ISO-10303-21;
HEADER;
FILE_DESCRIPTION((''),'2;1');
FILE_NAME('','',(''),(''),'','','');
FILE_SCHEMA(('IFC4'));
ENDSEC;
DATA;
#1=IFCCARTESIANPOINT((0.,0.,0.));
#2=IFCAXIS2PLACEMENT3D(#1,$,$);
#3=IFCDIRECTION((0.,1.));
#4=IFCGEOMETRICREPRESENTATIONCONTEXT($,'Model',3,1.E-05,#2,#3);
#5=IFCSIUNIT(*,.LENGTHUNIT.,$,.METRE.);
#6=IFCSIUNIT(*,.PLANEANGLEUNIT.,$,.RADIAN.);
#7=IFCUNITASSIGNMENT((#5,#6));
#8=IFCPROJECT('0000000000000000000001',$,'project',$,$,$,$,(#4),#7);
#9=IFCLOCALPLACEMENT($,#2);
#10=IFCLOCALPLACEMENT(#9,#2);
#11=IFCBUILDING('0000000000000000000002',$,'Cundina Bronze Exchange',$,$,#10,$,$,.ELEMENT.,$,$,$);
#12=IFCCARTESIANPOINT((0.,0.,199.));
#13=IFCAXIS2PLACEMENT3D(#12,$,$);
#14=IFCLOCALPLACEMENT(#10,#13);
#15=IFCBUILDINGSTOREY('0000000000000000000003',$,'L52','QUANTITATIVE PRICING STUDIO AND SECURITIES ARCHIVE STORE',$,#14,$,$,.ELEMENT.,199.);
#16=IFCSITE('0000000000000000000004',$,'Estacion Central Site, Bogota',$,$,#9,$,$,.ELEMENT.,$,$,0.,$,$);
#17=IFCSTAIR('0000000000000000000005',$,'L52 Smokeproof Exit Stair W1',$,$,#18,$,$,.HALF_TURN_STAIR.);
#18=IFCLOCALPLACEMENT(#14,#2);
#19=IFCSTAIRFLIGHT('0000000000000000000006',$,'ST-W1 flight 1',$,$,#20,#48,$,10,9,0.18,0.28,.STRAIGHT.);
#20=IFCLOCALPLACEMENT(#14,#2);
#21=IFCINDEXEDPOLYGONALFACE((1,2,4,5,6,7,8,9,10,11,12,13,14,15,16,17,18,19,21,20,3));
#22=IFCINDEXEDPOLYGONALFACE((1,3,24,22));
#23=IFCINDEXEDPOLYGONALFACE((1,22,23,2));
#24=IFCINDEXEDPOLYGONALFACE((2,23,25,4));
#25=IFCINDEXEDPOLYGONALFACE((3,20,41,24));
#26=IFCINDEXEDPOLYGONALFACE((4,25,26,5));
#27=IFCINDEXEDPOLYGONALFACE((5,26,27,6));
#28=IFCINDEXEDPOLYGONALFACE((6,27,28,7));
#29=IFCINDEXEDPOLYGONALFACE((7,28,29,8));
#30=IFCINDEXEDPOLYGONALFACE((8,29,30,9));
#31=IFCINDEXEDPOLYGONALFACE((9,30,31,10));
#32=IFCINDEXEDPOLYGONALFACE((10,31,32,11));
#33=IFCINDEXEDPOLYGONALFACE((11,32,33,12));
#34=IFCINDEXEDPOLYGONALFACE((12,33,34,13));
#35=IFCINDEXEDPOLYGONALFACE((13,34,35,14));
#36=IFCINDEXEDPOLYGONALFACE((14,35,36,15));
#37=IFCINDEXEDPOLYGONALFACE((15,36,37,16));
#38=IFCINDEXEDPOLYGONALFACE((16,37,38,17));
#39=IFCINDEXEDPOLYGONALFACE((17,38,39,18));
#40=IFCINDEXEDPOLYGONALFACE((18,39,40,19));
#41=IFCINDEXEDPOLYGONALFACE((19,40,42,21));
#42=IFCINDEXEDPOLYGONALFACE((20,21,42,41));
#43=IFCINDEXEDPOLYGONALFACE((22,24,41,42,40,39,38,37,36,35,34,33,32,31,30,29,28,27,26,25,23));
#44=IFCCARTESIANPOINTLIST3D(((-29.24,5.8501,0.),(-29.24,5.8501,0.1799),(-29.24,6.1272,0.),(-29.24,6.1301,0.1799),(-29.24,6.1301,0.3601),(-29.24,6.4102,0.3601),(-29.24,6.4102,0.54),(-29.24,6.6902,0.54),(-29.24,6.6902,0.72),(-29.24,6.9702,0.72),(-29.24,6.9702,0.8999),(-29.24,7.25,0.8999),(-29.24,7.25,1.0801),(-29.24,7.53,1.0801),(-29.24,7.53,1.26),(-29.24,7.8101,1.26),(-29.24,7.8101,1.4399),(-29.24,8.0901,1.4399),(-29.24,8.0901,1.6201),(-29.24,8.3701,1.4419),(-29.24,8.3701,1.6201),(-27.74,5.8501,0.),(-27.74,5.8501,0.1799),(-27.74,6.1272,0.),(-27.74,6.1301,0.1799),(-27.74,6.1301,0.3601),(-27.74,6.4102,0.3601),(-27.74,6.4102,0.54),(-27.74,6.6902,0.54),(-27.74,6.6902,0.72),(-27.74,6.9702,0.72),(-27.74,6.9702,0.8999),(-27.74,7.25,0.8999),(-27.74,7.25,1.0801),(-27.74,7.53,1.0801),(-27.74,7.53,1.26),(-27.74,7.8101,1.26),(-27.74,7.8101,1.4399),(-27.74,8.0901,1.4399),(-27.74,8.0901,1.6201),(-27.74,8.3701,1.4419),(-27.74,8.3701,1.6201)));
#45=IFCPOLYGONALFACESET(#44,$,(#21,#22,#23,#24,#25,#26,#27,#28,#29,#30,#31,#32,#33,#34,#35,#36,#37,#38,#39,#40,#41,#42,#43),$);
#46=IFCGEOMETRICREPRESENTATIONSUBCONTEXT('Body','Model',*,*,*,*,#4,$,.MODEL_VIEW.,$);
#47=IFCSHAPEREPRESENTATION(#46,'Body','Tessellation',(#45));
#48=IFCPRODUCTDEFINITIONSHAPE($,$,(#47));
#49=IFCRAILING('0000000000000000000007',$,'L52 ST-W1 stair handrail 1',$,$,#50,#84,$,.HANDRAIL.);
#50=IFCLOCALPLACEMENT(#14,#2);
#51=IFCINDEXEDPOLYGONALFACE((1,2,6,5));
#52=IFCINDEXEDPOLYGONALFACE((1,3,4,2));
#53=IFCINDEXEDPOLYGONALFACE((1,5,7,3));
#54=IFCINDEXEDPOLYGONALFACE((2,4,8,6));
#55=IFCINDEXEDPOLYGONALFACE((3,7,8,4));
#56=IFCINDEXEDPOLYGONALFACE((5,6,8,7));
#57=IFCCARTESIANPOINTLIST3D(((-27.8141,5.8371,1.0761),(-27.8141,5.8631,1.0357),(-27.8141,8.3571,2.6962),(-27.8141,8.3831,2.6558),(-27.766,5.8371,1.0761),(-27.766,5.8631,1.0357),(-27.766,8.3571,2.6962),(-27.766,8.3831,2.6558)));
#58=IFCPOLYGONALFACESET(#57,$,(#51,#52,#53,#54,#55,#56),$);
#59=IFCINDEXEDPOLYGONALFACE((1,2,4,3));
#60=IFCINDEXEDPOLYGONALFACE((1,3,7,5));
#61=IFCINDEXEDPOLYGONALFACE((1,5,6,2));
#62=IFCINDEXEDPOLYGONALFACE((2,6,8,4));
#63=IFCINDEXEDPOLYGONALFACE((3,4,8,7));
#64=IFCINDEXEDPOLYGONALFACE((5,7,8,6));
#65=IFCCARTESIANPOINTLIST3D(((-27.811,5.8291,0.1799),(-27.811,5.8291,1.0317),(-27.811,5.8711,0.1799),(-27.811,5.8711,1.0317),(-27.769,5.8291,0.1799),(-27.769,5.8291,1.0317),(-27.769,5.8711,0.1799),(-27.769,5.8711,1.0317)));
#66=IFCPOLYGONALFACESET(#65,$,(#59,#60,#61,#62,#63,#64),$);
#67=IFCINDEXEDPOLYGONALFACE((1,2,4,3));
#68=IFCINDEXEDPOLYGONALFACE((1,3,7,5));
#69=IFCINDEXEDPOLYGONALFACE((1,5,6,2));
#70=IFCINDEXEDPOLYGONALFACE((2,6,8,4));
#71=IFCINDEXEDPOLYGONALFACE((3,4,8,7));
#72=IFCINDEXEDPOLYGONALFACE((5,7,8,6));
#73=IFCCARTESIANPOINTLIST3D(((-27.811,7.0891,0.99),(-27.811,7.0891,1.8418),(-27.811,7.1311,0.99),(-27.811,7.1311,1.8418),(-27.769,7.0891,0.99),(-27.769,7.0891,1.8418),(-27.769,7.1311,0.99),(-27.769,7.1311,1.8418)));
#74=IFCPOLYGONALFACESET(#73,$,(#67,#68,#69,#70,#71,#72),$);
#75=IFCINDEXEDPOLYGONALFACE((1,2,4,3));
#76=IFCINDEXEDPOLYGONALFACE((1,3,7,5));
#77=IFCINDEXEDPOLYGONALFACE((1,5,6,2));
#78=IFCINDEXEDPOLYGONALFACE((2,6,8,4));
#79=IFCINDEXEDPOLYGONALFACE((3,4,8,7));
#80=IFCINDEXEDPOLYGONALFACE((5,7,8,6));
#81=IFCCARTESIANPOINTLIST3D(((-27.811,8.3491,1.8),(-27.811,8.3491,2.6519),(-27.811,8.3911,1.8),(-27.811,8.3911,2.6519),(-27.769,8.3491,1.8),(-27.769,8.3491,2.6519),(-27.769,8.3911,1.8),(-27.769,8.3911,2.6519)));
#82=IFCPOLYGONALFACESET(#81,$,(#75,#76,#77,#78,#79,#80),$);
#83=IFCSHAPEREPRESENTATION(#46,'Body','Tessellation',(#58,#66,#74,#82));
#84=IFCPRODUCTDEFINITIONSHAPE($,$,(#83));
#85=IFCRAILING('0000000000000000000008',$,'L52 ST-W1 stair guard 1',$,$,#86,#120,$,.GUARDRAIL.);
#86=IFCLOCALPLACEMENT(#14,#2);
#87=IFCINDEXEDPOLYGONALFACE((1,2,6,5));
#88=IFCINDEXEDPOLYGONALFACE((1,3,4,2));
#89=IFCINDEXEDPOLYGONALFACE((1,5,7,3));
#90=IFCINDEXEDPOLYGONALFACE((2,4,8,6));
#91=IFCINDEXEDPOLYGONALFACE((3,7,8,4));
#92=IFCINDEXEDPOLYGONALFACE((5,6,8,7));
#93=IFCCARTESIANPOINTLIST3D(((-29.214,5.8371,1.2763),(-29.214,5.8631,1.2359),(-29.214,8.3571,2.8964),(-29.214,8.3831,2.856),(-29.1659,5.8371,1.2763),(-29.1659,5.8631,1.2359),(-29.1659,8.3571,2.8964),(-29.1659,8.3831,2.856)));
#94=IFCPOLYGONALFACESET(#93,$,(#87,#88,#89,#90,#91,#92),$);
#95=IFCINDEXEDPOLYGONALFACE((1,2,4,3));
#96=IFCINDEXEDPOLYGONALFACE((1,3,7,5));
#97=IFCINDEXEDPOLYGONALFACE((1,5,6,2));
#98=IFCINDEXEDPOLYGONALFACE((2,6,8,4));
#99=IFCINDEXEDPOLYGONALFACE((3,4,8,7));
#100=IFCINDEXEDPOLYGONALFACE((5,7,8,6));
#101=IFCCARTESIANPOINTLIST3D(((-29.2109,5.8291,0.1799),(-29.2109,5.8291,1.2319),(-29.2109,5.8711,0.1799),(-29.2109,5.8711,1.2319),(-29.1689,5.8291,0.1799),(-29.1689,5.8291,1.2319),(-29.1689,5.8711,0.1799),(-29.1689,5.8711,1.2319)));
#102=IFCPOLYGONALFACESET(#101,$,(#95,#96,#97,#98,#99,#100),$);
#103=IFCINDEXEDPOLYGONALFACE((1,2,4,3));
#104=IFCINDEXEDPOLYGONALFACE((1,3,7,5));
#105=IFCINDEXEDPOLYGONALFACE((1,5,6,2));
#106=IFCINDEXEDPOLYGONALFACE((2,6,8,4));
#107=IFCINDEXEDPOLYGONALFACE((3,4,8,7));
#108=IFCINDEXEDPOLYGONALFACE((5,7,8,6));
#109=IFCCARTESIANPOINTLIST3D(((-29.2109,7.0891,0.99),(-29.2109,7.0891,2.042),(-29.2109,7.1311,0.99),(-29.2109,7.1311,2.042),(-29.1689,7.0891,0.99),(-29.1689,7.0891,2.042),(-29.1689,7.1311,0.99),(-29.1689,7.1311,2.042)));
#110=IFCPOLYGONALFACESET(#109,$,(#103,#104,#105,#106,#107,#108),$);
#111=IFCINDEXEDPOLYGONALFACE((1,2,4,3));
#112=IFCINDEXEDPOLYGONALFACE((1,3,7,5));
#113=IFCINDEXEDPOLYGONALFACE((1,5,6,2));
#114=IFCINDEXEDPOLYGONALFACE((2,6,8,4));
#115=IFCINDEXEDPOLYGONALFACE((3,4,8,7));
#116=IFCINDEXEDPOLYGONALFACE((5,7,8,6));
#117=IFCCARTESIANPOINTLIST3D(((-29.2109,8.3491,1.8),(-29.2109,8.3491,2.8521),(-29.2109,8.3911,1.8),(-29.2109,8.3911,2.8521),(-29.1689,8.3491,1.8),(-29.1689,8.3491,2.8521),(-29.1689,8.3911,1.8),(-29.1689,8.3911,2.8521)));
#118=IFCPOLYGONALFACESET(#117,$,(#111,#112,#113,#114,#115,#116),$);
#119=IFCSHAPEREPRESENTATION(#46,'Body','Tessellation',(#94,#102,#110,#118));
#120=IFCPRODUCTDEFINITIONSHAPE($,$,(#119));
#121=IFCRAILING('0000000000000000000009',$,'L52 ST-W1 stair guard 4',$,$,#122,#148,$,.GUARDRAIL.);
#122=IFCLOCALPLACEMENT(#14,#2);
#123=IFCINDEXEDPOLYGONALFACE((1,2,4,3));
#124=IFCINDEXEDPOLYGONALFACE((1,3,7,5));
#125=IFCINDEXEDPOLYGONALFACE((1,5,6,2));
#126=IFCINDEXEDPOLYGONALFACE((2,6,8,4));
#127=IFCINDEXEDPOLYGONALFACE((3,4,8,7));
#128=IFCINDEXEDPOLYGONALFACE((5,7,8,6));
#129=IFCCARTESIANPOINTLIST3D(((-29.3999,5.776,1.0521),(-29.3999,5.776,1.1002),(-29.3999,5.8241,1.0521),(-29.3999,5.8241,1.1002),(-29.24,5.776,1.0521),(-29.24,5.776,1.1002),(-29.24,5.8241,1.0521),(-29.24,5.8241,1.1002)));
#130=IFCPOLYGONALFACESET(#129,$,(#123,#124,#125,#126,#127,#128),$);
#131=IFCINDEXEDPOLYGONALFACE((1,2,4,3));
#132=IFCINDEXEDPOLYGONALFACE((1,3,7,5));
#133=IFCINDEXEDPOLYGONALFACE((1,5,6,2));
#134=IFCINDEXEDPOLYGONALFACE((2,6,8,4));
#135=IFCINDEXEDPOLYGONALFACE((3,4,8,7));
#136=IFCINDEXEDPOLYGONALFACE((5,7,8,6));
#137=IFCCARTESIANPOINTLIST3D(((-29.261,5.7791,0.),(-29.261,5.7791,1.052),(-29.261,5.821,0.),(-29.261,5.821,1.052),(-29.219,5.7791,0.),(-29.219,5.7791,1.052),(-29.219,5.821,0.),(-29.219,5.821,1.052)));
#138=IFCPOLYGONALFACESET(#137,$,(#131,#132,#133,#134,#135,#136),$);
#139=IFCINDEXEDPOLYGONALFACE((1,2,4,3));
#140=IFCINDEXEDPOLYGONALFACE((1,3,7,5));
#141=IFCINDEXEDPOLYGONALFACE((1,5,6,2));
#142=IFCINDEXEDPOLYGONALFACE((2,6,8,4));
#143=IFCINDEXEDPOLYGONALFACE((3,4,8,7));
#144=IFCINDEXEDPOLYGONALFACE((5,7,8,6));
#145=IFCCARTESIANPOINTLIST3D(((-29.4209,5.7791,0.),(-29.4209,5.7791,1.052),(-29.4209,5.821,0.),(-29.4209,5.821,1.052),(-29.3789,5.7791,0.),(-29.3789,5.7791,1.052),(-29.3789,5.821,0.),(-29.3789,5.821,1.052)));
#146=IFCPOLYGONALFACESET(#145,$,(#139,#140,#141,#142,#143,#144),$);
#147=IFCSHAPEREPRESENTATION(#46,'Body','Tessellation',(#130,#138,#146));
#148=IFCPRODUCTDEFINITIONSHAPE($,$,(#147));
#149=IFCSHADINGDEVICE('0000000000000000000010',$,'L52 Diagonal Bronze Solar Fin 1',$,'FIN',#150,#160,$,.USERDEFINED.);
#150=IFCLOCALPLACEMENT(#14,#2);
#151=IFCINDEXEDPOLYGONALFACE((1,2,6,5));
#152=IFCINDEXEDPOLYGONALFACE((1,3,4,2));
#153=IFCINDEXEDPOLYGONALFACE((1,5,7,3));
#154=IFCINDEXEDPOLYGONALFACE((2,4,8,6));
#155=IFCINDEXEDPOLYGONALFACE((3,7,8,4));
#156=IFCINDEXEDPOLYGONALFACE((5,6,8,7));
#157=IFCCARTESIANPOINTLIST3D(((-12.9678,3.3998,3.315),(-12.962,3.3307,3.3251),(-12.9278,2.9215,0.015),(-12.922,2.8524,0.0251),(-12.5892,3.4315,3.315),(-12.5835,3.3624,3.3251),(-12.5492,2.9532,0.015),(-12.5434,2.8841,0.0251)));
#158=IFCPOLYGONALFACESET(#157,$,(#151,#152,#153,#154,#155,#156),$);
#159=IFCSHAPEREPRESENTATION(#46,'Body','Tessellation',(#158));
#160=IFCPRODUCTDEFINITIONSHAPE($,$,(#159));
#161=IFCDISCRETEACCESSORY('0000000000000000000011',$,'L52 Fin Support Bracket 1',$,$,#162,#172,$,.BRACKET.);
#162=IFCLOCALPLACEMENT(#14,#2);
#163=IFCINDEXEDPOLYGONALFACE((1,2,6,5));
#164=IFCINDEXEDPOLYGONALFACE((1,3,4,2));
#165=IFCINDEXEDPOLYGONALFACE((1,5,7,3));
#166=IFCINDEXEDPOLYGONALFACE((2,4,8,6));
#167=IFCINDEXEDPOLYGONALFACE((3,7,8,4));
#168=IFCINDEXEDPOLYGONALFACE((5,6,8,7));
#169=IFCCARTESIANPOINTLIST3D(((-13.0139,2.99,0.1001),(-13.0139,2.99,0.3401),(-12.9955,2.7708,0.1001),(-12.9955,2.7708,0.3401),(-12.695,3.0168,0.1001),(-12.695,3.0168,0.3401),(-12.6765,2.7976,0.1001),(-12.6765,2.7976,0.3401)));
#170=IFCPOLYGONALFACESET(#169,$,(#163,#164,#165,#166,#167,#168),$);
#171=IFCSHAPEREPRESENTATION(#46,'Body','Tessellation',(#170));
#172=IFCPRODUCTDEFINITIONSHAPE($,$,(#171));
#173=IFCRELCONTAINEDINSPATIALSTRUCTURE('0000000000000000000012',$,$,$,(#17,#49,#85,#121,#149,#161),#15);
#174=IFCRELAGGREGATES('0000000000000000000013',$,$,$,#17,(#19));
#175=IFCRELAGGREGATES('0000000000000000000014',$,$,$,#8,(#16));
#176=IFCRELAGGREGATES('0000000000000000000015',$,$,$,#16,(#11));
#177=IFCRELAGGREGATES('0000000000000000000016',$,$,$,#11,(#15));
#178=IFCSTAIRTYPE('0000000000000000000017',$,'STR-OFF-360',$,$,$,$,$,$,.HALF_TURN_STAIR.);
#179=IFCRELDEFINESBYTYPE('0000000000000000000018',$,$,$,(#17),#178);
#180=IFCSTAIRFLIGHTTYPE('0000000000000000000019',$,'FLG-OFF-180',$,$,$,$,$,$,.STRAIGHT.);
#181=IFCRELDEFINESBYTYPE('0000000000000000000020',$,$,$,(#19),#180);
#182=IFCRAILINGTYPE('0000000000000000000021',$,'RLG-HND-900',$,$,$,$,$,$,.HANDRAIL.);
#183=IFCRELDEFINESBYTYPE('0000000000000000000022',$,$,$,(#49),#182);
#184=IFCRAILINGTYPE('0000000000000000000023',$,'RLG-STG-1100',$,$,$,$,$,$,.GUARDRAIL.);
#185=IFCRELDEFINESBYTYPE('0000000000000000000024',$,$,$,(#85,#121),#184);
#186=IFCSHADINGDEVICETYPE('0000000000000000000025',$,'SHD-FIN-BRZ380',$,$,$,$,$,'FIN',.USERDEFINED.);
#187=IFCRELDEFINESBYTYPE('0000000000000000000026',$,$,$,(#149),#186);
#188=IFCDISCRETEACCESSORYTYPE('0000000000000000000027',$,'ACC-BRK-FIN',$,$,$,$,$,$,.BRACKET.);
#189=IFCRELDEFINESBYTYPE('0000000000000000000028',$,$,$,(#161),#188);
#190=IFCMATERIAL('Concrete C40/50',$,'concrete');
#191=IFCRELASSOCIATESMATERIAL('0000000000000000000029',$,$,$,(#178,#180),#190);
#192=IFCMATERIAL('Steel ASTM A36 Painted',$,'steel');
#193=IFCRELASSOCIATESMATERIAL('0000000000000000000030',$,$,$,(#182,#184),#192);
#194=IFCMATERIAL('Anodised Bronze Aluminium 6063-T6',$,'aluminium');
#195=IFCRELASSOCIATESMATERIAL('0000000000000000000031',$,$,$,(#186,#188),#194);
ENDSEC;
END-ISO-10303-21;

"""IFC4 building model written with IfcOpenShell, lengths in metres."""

from ifc_helpers import new_model, si_unit, direction, frame, origin, origin_2d, place, context, subcontext, project, spatial, polyline, rectangle, outline, extrude, material, material_profile, profile_set, type_object, element, aggregate, save


model = new_model("IFC4")

# Units and contexts
model_context = context("Model", 3, precision=1e-05, world=origin(), true_north=direction((0.0, 1.0)))
body_context = subcontext(model_context, "Body", "Model", "MODEL_VIEW")
ifc_project = project(units=[si_unit("LENGTHUNIT", "METRE"), si_unit("PLANEANGLEUNIT", "RADIAN")], contexts=[model_context])

# Site, building, storey
site_placement = place(None, origin())
site = spatial("IfcSite", under=ifc_project, at=site_placement, Name="Estacion Central Site, Bogota", CompositionType="ELEMENT", RefElevation=0.0)
building_placement = place(site_placement, origin())
building = spatial("IfcBuilding", under=site, at=building_placement, Name="Cundina Bronze Exchange", CompositionType="ELEMENT")
storey_placement = place(building_placement, frame((0.0, 0.0, 199.0)))
storey = spatial("IfcBuildingStorey", under=building, at=storey_placement, Name="L52", Description="QUANTITATIVE PRICING STUDIO AND SECURITIES ARCHIVE STORE", CompositionType="ELEMENT", Elevation=199.0)

# Shared definitions
ifc_material_1 = material(Name="Anodised Bronze Aluminium 6063-T6", Category="aluminium")

# Shared definitions
ifc_material_2 = material(Name="Steel ASTM A36 Painted", Category="steel")

# Stair, stair flight
ifc_material_3 = material(Name="Concrete C40/50", Category="concrete")
stair_type = type_object("IfcStairType", Name="STR-OFF-360", PredefinedType="HALF_TURN_STAIR", material=ifc_material_3)
stair_placement = place(storey_placement, origin())
stair = element("IfcStair", 1, at=stair_placement, inside=storey, type_object=stair_type, Name="L52 Smokeproof Exit Stair W1", PredefinedType="HALF_TURN_STAIR")
stair_flight_type = type_object("IfcStairFlightType", Name="FLG-OFF-180", PredefinedType="STRAIGHT", material=ifc_material_3)
stair_flight_placement = place(storey_placement, frame((-28.49, 5.8501, 0.0), z_axis=(0.0, 0.0, 1.0), x_axis=(0.0, 1.0, 0.0)))
stair_flight = element("IfcStairFlight", 2, at=stair_flight_placement, type_object=stair_flight_type, Name="ST-W1 flight 1", NumberOfRisers=10, NumberOfTreads=9, PredefinedType="STRAIGHT", RiserHeight=0.18, TreadLength=0.28, context=body_context, shape_type="SweptSolid", body=[
    extrude(outline(polyline([(0.0, 0.0), (0.0, 0.1799), (0.28, 0.1799), (0.28, 0.3601), (0.5601, 0.3601), (0.5601, 0.54), (0.8401, 0.54), (0.8401, 0.72), (1.1201, 0.72), (1.1201, 0.8999), (1.3999, 0.8999), (1.3999, 1.0801), (1.6799, 1.0801), (1.6799, 1.26), (1.96, 1.26), (1.96, 1.4399), (2.24, 1.4399), (2.24, 1.6201), (2.52, 1.6201), (2.52, 1.8), (2.52, 1.4419), (0.2771, 0.0), (0.0, 0.0)])), frame((0.0, 0.75, 0.0), z_axis=(0.0, -1.0, 0.0), x_axis=(1.0, 0.0, 0.0)), (0.0, 0.0, 1.0), 1.5),
])
aggregate(stair, [stair_flight])

# Railings
railing_type_1 = type_object("IfcRailingType", Name="RLG-HND-900", PredefinedType="HANDRAIL", material=ifc_material_2)
railing_1_placement = place(storey_placement, frame((-27.79, 5.8501, 0.1799)))
element("IfcRailing", 3, at=railing_1_placement, inside=storey, type_object=railing_type_1, Name="L52 ST-W1 stair handrail 1", PredefinedType="HANDRAIL", context=body_context, shape_type="SweptSolid", body=[
    extrude(rectangle(XDim=0.0481, YDim=0.0481, at=origin_2d()), frame((0.0, 0.0, 0.876), z_axis=(0.0, 0.841163, 0.540782), x_axis=(-1.0, 0.0, 0.0)), (0.0, 0.0, 1.0), 2.9958),
    extrude(rectangle(XDim=0.042, YDim=0.042, at=origin_2d()), origin(), (0.0, 0.0, 1.0), 0.8518),
    extrude(rectangle(XDim=0.042, YDim=0.042, at=origin_2d()), frame((0.0, 1.26, 0.8101)), (0.0, 0.0, 1.0), 0.8518),
    extrude(rectangle(XDim=0.042, YDim=0.042, at=origin_2d()), frame((0.0, 2.52, 1.6201)), (0.0, 0.0, 1.0), 0.8518),
])
railing_type_2 = type_object("IfcRailingType", Name="RLG-STG-1100", PredefinedType="GUARDRAIL", material=ifc_material_2)
railing_2_placement = place(storey_placement, frame((-29.1899, 5.8501, 0.1799)))
element("IfcRailing", 4, at=railing_2_placement, inside=storey, type_object=railing_type_2, Name="L52 ST-W1 stair guard 1", PredefinedType="GUARDRAIL", context=body_context, shape_type="SweptSolid", body=[
    extrude(rectangle(XDim=0.0481, YDim=0.0481, at=origin_2d()), frame((0.0, 0.0, 1.0762), z_axis=(0.0, 0.841163, 0.540782), x_axis=(-1.0, 0.0, 0.0)), (0.0, 0.0, 1.0), 2.9958),
    extrude(rectangle(XDim=0.042, YDim=0.042, at=origin_2d()), origin(), (0.0, 0.0, 1.0), 1.052),
    extrude(rectangle(XDim=0.042, YDim=0.042, at=origin_2d()), frame((0.0, 1.26, 0.8101)), (0.0, 0.0, 1.0), 1.052),
    extrude(rectangle(XDim=0.042, YDim=0.042, at=origin_2d()), frame((0.0, 2.52, 1.6201)), (0.0, 0.0, 1.0), 1.052),
])
railing_3_placement = place(storey_placement, frame((-29.24, 5.8, 0.0)))
element("IfcRailing", 5, at=railing_3_placement, inside=storey, type_object=railing_type_2, Name="L52 ST-W1 stair guard 4", PredefinedType="GUARDRAIL", context=body_context, shape_type="SweptSolid", body=[
    extrude(rectangle(XDim=0.0481, YDim=0.0481, at=origin_2d()), frame((0.0, 0.0, 1.0762), z_axis=(-1.0, 0.0, 0.0), x_axis=(0.0, -1.0, 0.0)), (0.0, 0.0, 1.0), 0.1599),
    extrude(rectangle(XDim=0.042, YDim=0.042, at=origin_2d()), origin(), (0.0, 0.0, 1.0), 1.052),
    extrude(rectangle(XDim=0.042, YDim=0.042, at=origin_2d()), frame((-0.1599, 0.0, 0.0)), (0.0, 0.0, 1.0), 1.052),
])

# Shading device
ifc_material_profile_1 = material_profile(ifc_material_1, rectangle(XDim=0.0701, YDim=0.3799, at=origin_2d()), Name="FIN70X380", Category="aluminium")
ifc_profile_set_1 = profile_set([ifc_material_profile_1], Name="Anodised Bronze Aluminium 6063-T6")
shading_device_type = type_object("IfcShadingDeviceType", Name="SHD-FIN-BRZ380", ElementType="FIN", PredefinedType="USERDEFINED", material=ifc_profile_set_1)
shading_device_placement = place(storey_placement, frame((-12.7356, 2.9028, 0.02), z_axis=(-0.012007, 0.14342, 0.989589), x_axis=(0.082556, -0.98614, 0.143921)))
element("IfcShadingDevice", 6, at=shading_device_placement, inside=storey, type_object=shading_device_type, Name="L52 Diagonal Bronze Solar Fin 1", ObjectType="FIN", PredefinedType="USERDEFINED", context=body_context, shape_type="SweptSolid", body=[
    extrude(rectangle(XDim=0.0701, YDim=0.3799, at=origin_2d()), origin(), (0.0, 0.0, 1.0), 3.3347),
])

# Discrete accessory
discrete_accessory_type = type_object("IfcDiscreteAccessoryType", Name="ACC-BRK-FIN", PredefinedType="BRACKET", material=ifc_material_1)
discrete_accessory_placement = place(storey_placement, frame((-12.8452, 2.8938, 0.1001), z_axis=(0.0, 0.0, 1.0), x_axis=(-0.083747, 0.996487, 0.0)))
element("IfcDiscreteAccessory", 7, at=discrete_accessory_placement, inside=storey, type_object=discrete_accessory_type, Name="L52 Fin Support Bracket 1", PredefinedType="BRACKET", context=body_context, shape_type="SweptSolid", body=[
    extrude(rectangle(XDim=0.22, YDim=0.3201, at=origin_2d()), origin(), (0.0, 0.0, 1.0), 0.24),
])

save(model, "model.ifc")
